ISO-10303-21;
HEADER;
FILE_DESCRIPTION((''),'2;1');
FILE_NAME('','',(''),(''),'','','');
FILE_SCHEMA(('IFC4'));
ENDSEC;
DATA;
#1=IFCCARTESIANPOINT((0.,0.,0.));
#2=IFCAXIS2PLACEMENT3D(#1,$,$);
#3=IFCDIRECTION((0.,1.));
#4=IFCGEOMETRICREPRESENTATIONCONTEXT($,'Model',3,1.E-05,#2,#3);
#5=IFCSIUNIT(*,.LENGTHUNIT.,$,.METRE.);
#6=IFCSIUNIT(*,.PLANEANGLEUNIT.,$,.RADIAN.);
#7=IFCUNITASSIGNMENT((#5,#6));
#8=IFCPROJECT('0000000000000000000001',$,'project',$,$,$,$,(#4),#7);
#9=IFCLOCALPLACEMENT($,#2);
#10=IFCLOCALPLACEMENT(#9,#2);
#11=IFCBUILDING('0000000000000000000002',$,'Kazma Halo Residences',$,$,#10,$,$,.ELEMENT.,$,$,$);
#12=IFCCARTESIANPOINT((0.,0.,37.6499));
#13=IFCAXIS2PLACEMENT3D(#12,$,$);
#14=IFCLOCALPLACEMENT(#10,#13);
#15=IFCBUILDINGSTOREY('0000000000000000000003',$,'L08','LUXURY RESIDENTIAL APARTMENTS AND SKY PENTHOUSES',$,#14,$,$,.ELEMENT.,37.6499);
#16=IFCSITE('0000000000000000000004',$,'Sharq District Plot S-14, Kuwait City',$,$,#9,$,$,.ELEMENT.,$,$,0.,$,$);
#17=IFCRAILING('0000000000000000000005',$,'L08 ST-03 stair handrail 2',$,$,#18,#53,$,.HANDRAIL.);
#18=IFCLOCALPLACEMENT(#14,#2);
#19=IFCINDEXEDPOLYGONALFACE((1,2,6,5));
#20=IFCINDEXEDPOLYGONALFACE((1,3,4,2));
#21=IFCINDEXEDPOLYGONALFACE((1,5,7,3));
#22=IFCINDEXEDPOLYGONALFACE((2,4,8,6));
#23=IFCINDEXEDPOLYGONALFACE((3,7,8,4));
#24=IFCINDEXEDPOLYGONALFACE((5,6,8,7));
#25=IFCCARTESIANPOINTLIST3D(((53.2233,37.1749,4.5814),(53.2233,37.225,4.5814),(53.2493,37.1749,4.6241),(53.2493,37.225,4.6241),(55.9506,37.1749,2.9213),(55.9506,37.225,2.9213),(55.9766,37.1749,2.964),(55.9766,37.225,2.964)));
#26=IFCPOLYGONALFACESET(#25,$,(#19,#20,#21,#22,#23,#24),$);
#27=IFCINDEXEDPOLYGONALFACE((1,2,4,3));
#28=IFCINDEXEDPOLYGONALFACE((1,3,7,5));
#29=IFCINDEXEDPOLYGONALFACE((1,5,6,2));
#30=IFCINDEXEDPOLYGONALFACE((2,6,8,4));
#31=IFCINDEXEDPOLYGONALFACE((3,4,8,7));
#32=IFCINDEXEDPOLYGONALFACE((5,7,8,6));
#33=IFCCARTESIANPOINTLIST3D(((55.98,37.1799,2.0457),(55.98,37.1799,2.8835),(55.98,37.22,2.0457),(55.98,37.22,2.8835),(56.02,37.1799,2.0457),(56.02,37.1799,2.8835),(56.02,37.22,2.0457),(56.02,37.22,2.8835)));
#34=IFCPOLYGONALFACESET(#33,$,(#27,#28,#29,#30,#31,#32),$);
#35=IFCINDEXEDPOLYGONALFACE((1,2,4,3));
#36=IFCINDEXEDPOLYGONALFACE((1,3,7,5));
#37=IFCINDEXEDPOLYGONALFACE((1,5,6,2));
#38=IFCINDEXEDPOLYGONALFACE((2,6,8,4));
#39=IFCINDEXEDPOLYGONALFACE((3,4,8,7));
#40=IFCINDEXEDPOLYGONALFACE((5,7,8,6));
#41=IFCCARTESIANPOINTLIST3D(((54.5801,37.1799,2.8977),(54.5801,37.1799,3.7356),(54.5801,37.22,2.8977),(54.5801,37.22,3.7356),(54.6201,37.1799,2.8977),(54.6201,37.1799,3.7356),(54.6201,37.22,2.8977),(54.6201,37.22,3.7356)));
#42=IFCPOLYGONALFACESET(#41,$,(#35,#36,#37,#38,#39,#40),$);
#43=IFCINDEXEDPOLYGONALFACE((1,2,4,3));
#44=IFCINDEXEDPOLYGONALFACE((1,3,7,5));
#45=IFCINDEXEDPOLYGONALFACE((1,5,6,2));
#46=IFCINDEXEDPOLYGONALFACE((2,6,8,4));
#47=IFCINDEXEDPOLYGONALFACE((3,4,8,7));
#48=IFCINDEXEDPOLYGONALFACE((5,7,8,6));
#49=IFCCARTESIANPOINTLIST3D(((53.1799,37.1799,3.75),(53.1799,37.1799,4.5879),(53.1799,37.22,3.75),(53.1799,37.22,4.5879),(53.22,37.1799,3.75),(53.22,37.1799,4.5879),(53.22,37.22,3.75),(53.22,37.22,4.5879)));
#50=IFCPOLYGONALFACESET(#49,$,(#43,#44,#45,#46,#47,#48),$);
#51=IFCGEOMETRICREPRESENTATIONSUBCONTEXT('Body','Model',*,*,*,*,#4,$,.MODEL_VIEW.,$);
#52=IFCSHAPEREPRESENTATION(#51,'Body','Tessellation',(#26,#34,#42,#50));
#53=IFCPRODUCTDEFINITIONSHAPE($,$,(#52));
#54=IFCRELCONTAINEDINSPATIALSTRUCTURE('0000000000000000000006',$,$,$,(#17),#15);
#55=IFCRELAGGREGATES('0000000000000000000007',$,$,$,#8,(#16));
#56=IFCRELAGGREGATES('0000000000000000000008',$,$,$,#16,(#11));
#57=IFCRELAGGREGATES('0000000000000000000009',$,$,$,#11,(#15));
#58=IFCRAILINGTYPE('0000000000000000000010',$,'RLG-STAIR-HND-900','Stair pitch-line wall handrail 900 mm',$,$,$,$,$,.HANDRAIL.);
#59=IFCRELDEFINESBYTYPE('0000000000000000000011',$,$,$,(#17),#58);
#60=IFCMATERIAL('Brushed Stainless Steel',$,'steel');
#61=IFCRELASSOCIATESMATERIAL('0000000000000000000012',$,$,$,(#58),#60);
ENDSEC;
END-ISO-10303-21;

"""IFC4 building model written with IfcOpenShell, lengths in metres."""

from ifc_helpers import new_model, si_unit, direction, frame, origin, origin_2d, place, context, subcontext, project, spatial, rectangle, extrude, material, type_object, element, save


model = new_model("IFC4")

# Units and contexts
model_context = context("Model", 3, precision=1e-05, world=origin(), true_north=direction((0.0, 1.0)))
body_context = subcontext(model_context, "Body", "Model", "MODEL_VIEW")
ifc_project = project(units=[si_unit("LENGTHUNIT", "METRE"), si_unit("PLANEANGLEUNIT", "RADIAN")], contexts=[model_context])

# Site, building, storey
site_placement = place(None, origin())
site = spatial("IfcSite", under=ifc_project, at=site_placement, Name="Sharq District Plot S-14, Kuwait City", CompositionType="ELEMENT", RefElevation=0.0)
building_placement = place(site_placement, origin())
building = spatial("IfcBuilding", under=site, at=building_placement, Name="Kazma Halo Residences", CompositionType="ELEMENT")
storey_placement = place(building_placement, frame((0.0, 0.0, 37.6499)))
storey = spatial("IfcBuildingStorey", under=building, at=storey_placement, Name="L08", Description="LUXURY RESIDENTIAL APARTMENTS AND SKY PENTHOUSES", CompositionType="ELEMENT", Elevation=37.6499)

# Railing
ifc_material_1 = material(Name="Brushed Stainless Steel", Category="steel")
railing_type_1 = type_object("IfcRailingType", Name="RLG-STAIR-HND-900", Description="Stair pitch-line wall handrail 900 mm", PredefinedType="HANDRAIL", material=ifc_material_1)
railing_1_placement = place(storey_placement, frame((56.0, 37.2, 2.0457)))
element("IfcRailing", 1, at=railing_1_placement, inside=storey, type_object=railing_type_1, Name="L08 ST-03 stair handrail 2", PredefinedType="HANDRAIL", context=body_context, shape_type="SweptSolid", body=[
    extrude(rectangle(XDim=0.05, YDim=0.05, at=origin_2d()), frame((-0.0364, 0.0, 0.897), z_axis=(-0.854203, 0.0, 0.51994), x_axis=(0.0, -1.0, 0.0)), (0.0, 0.0, 1.0), 3.1929),
    extrude(rectangle(XDim=0.04, YDim=0.04, at=origin_2d()), origin(), (0.0, 0.0, 1.0), 0.8379),
    extrude(rectangle(XDim=0.04, YDim=0.04, at=origin_2d()), frame((-1.3999, 0.0, 0.8521)), (0.0, 0.0, 1.0), 0.8379),
    extrude(rectangle(XDim=0.04, YDim=0.04, at=origin_2d()), frame((-2.8, 0.0, 1.7043)), (0.0, 0.0, 1.0), 0.8379),
])

save(model, "model.ifc")
